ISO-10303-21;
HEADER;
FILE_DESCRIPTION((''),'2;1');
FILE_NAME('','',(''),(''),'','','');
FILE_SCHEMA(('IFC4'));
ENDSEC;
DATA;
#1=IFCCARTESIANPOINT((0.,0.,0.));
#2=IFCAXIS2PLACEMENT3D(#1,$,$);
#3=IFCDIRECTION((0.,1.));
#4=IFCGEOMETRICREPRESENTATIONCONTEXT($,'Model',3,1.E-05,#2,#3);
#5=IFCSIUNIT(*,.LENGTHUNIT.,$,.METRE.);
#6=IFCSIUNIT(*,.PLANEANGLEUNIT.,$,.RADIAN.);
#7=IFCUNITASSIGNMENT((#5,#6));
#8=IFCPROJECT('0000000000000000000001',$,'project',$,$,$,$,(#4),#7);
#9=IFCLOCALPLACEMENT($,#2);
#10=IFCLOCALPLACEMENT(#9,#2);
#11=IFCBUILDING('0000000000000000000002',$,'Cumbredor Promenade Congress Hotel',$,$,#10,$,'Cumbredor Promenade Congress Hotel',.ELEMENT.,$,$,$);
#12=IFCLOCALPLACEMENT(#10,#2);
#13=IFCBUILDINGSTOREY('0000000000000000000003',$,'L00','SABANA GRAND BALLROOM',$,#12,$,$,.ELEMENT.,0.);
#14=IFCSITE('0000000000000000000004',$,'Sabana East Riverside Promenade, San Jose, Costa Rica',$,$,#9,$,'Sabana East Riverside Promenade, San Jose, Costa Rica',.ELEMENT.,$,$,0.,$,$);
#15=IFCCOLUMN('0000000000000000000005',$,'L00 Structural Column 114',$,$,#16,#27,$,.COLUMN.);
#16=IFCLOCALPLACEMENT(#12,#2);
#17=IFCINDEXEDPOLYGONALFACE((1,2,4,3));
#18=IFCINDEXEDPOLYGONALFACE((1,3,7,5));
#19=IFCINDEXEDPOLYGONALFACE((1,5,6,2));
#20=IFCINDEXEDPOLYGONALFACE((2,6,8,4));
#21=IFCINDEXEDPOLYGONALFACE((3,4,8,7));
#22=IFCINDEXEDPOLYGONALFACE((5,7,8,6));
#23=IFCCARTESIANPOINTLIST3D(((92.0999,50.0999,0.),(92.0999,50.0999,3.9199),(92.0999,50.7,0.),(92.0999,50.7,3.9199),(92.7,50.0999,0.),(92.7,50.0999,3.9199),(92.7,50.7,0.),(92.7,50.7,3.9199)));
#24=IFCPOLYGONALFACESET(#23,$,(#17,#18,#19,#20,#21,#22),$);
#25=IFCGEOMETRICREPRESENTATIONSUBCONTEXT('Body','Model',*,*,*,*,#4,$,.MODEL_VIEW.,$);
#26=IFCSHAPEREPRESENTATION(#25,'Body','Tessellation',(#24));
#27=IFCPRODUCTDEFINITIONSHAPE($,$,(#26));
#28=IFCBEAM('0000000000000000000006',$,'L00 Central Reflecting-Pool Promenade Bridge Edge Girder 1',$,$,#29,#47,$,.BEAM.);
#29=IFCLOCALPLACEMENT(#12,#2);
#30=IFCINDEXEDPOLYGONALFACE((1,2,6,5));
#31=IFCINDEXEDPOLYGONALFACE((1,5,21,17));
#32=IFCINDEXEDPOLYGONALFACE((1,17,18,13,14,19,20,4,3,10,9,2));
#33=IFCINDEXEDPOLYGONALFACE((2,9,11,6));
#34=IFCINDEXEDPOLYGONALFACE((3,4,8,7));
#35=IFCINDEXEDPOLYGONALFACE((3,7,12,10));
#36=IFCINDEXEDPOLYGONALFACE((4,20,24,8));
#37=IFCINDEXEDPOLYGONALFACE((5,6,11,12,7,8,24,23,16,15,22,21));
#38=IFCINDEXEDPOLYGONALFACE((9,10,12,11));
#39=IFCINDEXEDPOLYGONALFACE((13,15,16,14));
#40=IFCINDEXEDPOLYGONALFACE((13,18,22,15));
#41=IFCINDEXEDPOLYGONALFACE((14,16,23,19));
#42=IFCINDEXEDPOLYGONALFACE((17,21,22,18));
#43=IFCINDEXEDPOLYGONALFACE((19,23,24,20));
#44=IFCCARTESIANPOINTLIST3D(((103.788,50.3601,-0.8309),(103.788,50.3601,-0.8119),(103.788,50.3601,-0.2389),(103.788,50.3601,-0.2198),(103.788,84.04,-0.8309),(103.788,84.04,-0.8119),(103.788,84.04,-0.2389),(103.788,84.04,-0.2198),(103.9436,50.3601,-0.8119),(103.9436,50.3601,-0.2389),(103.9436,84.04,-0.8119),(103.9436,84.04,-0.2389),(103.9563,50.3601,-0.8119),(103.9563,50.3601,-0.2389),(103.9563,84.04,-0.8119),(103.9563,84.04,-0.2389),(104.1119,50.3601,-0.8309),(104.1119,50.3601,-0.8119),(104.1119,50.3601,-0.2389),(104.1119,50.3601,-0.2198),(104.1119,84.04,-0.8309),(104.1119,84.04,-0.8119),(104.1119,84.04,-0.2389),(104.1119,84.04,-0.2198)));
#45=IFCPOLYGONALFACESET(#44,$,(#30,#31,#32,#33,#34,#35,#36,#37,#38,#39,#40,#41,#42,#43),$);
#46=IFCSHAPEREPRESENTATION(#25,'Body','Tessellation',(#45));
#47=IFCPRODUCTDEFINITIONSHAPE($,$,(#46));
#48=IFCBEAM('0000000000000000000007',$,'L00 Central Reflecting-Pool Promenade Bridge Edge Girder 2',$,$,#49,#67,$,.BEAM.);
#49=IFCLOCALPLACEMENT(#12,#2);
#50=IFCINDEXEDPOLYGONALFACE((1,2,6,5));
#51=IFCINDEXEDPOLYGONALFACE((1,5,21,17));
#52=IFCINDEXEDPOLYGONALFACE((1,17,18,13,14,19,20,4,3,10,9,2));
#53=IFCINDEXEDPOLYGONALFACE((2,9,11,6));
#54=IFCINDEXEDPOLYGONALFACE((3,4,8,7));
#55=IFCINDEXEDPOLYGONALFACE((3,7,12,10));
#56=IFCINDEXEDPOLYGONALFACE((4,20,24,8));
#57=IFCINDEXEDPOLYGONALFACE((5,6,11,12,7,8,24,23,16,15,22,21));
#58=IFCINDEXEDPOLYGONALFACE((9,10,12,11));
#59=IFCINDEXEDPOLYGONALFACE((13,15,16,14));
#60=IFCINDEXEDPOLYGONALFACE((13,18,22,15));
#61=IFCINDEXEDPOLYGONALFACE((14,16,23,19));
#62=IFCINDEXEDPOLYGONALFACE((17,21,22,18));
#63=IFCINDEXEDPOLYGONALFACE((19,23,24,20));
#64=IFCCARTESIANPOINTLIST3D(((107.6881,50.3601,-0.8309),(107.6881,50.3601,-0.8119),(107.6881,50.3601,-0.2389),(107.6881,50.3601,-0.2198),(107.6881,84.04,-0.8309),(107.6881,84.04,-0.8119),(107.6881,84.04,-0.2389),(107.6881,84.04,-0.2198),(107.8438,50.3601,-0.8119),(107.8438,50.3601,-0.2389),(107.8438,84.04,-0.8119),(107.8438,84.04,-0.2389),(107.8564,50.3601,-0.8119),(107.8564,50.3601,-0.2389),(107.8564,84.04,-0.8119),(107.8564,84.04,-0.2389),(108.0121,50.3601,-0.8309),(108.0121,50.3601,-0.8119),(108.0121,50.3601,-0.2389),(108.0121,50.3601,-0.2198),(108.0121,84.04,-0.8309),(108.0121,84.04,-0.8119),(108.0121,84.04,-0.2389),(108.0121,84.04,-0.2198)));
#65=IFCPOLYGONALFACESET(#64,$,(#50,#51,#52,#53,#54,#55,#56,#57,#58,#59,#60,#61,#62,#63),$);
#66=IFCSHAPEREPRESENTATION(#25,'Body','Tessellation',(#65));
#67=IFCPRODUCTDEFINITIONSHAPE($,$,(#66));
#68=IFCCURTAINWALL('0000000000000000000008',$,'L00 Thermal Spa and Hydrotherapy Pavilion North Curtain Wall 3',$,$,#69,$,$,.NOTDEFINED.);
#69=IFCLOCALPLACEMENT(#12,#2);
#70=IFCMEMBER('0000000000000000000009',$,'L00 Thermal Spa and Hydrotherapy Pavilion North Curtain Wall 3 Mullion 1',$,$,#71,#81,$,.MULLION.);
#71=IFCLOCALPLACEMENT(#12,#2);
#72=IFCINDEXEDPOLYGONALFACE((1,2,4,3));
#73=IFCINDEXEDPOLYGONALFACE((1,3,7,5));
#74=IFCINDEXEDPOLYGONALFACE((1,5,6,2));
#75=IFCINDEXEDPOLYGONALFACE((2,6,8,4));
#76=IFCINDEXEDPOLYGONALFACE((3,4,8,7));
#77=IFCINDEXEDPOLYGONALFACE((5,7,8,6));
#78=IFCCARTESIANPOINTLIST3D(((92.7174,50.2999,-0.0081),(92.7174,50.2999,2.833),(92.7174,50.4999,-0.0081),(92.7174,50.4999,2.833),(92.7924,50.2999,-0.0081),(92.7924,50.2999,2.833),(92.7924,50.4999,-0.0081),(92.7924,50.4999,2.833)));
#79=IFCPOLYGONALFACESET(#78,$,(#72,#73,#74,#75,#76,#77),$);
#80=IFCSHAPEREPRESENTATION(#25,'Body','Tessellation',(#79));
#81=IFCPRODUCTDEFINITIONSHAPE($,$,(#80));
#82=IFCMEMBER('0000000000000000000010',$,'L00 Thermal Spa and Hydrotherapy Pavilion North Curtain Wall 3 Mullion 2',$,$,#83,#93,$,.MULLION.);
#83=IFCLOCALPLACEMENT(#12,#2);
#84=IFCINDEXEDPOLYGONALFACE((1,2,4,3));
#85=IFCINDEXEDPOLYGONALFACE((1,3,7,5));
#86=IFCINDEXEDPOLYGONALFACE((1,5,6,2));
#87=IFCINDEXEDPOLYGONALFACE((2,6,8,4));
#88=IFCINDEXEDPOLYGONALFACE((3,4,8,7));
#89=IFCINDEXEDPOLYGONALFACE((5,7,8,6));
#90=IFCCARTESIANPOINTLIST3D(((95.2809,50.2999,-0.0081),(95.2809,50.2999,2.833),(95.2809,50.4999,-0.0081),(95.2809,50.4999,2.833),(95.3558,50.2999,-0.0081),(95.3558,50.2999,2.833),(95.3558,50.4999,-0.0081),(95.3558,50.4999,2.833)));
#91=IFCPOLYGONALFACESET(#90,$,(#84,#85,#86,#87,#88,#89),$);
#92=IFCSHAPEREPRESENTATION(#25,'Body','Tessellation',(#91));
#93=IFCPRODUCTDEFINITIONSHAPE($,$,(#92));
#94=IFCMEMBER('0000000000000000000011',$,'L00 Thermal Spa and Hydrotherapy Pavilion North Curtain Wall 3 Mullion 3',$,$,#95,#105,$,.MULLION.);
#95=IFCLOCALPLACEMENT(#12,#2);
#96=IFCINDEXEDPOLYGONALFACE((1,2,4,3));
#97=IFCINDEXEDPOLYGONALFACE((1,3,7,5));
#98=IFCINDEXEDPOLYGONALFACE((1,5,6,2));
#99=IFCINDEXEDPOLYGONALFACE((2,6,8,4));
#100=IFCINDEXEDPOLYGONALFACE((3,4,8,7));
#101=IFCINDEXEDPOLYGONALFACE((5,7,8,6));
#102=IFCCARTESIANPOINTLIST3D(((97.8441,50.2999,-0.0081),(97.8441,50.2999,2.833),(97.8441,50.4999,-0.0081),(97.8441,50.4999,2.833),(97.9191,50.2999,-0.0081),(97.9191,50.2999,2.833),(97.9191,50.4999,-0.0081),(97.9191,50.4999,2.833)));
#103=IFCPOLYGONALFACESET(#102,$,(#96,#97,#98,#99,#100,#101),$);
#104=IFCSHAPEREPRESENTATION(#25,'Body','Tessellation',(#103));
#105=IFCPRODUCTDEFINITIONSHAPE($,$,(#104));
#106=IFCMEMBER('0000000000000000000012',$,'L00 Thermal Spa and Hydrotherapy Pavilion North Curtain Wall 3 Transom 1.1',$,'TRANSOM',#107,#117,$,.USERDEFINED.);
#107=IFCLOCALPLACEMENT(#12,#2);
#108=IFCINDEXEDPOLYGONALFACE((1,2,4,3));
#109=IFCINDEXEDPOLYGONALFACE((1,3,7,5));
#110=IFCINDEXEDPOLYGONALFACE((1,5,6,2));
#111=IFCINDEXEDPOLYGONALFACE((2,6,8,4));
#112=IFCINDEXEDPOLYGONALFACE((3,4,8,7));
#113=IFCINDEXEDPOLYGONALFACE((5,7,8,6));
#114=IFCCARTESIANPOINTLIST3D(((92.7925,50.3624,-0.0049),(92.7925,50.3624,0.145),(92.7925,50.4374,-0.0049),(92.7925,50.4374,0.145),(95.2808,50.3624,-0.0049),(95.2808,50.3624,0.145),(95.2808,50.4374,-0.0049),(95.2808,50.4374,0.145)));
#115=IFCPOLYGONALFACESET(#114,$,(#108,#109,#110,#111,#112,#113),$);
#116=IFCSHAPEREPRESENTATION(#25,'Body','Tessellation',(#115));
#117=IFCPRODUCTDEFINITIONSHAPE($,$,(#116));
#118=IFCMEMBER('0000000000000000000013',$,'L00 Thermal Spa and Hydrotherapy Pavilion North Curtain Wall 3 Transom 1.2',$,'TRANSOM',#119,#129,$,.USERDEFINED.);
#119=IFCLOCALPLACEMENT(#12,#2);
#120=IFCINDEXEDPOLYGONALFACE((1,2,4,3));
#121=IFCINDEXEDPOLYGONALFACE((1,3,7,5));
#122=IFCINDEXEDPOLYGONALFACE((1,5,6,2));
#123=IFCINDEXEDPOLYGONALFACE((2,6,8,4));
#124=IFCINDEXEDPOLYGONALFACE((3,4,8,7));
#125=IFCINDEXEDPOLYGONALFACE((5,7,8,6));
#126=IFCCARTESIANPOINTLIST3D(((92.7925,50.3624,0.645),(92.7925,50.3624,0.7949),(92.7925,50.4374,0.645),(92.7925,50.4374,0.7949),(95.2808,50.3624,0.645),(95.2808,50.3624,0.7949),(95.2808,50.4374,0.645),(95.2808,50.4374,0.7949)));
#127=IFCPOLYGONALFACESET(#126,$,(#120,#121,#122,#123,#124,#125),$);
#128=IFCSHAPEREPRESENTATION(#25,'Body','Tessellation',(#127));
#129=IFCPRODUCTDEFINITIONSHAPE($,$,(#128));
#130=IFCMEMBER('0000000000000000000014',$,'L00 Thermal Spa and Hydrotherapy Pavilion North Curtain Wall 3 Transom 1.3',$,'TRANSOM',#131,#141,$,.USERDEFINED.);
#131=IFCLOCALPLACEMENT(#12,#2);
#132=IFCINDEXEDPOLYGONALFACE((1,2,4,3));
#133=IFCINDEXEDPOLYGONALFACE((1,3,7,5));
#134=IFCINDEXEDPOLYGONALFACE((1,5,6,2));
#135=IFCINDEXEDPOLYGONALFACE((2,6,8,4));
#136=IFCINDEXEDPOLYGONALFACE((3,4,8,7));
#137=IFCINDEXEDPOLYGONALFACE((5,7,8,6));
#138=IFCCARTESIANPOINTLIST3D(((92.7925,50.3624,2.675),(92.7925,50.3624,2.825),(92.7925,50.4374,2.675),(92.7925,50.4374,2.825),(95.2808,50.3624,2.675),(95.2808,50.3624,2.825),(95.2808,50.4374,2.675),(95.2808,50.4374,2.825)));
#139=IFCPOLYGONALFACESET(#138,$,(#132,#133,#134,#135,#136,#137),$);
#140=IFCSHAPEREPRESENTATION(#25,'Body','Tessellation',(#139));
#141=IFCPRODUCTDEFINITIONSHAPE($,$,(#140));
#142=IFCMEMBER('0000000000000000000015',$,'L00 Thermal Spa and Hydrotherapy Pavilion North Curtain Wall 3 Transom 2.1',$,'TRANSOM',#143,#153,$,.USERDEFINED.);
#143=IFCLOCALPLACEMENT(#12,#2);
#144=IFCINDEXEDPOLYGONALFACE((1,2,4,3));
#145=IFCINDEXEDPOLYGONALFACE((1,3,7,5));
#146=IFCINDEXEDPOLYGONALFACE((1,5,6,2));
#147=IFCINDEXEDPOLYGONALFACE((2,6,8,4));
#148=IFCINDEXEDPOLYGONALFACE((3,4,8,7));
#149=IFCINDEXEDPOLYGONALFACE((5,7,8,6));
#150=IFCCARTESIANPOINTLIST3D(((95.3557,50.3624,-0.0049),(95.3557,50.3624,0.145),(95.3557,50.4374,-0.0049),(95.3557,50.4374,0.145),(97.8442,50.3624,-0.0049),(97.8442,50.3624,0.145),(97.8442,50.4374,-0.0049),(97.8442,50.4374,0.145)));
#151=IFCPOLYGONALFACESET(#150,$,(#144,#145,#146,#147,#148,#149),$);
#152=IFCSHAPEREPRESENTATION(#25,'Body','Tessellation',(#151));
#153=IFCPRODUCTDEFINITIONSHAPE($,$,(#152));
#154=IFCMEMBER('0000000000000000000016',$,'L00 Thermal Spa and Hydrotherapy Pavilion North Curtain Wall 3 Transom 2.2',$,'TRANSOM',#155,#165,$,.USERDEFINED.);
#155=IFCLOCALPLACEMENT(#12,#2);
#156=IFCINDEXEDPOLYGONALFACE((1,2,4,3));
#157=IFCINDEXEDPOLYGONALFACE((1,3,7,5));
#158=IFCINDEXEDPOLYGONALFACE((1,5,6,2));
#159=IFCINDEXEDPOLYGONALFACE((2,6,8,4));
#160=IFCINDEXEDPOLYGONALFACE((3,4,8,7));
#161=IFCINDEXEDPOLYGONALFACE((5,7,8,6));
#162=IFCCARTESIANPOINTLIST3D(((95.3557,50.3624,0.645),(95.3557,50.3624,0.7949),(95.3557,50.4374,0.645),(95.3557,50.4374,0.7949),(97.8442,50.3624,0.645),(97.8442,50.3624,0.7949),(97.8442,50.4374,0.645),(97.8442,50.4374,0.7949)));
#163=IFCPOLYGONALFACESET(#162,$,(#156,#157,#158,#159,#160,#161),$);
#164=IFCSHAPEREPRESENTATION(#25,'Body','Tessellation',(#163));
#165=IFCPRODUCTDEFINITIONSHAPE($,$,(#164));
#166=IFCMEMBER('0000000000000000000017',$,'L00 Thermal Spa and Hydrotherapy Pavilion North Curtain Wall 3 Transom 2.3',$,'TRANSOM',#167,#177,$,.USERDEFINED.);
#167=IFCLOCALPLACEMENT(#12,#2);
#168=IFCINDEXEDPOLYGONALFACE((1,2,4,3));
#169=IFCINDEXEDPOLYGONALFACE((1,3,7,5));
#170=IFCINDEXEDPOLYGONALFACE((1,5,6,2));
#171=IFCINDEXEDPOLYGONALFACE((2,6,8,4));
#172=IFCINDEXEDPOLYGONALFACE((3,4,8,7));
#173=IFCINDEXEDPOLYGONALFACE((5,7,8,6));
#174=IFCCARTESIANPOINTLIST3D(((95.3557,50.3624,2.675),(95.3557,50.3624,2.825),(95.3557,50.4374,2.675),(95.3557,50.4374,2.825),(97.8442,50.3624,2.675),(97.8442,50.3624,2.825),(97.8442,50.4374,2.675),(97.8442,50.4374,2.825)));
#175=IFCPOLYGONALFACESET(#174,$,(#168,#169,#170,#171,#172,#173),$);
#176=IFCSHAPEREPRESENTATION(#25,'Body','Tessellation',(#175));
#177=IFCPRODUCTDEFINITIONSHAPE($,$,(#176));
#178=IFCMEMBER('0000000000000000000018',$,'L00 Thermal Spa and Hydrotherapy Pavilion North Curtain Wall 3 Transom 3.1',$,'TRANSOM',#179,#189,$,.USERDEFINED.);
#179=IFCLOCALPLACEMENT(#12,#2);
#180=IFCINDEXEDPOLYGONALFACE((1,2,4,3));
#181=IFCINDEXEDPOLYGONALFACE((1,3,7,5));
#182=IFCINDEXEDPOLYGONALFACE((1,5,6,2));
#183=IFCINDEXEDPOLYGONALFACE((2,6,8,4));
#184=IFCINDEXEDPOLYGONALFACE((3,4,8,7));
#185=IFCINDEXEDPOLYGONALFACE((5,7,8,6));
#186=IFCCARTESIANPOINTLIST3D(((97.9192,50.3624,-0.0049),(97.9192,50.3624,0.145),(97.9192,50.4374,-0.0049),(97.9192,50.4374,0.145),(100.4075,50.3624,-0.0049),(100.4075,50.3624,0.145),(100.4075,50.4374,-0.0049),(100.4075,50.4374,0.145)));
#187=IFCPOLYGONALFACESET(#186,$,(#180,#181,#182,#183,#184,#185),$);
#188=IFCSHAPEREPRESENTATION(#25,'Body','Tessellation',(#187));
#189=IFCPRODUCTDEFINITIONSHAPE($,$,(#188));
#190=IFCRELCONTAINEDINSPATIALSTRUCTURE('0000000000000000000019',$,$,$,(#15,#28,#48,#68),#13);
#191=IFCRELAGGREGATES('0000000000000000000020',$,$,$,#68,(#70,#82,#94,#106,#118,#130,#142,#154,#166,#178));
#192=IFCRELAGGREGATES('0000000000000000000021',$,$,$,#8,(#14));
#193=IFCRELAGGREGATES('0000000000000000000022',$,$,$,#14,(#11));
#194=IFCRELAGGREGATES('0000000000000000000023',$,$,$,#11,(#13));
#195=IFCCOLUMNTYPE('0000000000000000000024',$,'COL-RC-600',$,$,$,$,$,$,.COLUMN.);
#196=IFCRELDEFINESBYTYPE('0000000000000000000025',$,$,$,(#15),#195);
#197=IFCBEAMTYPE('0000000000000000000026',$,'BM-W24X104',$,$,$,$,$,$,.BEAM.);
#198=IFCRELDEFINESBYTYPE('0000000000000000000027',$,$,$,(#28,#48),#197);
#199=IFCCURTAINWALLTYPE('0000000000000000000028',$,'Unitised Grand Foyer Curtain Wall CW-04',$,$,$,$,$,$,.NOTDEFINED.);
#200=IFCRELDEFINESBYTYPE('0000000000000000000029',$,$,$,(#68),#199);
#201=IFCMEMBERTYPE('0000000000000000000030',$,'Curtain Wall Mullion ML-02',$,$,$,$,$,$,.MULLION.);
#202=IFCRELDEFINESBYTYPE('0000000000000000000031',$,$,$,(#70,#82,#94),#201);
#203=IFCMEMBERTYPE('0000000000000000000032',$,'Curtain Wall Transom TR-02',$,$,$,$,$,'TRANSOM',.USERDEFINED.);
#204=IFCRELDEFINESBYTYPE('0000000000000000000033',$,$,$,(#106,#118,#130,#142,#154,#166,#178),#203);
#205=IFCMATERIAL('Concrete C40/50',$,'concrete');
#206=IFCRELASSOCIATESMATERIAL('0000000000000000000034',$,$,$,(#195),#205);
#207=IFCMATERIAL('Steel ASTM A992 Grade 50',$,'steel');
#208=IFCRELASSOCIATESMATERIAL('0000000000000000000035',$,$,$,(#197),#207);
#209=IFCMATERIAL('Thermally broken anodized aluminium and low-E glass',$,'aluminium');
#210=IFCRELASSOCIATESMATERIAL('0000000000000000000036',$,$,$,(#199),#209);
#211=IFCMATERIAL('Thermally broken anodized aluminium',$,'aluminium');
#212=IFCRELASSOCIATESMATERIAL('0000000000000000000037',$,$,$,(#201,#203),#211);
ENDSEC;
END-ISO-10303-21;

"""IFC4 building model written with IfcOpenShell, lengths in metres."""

from ifc_helpers import new_model, si_unit, direction, frame, origin, origin_2d, place, context, subcontext, project, spatial, rectangle, i_section, extrude, material, material_profile, profile_set, type_object, element, aggregate, save


model = new_model("IFC4")

# Units and contexts
model_context = context("Model", 3, precision=1e-05, world=origin(), true_north=direction((0.0, 1.0)))
body_context = subcontext(model_context, "Body", "Model", "MODEL_VIEW")
ifc_project = project(units=[si_unit("LENGTHUNIT", "METRE"), si_unit("PLANEANGLEUNIT", "RADIAN")], contexts=[model_context])

# Site, building, storey
site_placement = place(None, origin())
site = spatial("IfcSite", under=ifc_project, at=site_placement, Name="Sabana East Riverside Promenade, San Jose, Costa Rica", LongName="Sabana East Riverside Promenade, San Jose, Costa Rica", CompositionType="ELEMENT", RefElevation=0.0)
building_placement = place(site_placement, origin())
building = spatial("IfcBuilding", under=site, at=building_placement, Name="Cumbredor Promenade Congress Hotel", LongName="Cumbredor Promenade Congress Hotel", CompositionType="ELEMENT")
storey_placement = place(building_placement, origin())
storey = spatial("IfcBuildingStorey", under=building, at=storey_placement, Name="L00", Description="SABANA GRAND BALLROOM", CompositionType="ELEMENT", Elevation=0.0)

# Column
ifc_material_1 = material(Name="Concrete C40/50", Category="concrete")
ifc_material_profile_1 = material_profile(ifc_material_1, rectangle(XDim=0.6001, YDim=0.6001, at=origin_2d()), Name="RC 600x600")
ifc_profile_set_1 = profile_set([ifc_material_profile_1], Name="Concrete C40/50")
column_type = type_object("IfcColumnType", Name="COL-RC-600", PredefinedType="COLUMN", material=ifc_profile_set_1)
column_placement = place(storey_placement, frame((92.3999, 50.3999, 0.0), z_axis=(0.0, 0.0, 1.0), x_axis=(1.0, 0.0, 0.0)))
element("IfcColumn", 1, at=column_placement, inside=storey, type_object=column_type, Name="L00 Structural Column 114", PredefinedType="COLUMN", context=body_context, shape_type="SweptSolid", body=[
    extrude(rectangle(XDim=0.6001, YDim=0.6001, at=origin_2d()), origin(), (0.0, 0.0, 1.0), 3.9199),
])

# Beams
ifc_material_2 = material(Name="Steel ASTM A992 Grade 50", Category="steel")
ifc_material_profile_2 = material_profile(ifc_material_2, i_section(OverallWidth=0.324, OverallDepth=0.6111, WebThickness=0.0127, FlangeThickness=0.019, at=origin_2d()), Name="W24X104")
ifc_profile_set_2 = profile_set([ifc_material_profile_2], Name="Steel ASTM A992 Grade 50")
beam_type_1 = type_object("IfcBeamType", Name="BM-W24X104", PredefinedType="BEAM", material=ifc_profile_set_2)
for number, where, z_axis, x_axis, name in (
    (2, (103.95, 50.3601, -0.5254), (0.0, 1.0, 0.0), (-1.0, 0.0, 0.0), "L00 Central Reflecting-Pool Promenade Bridge Edge Girder 1"),
    (3, (107.8501, 50.3601, -0.5254), (0.0, 1.0, 0.0), (-1.0, 0.0, 0.0), "L00 Central Reflecting-Pool Promenade Bridge Edge Girder 2"),
):
    element("IfcBeam", number, at=place(storey_placement, frame(where, z_axis=z_axis, x_axis=x_axis)), inside=storey, type_object=beam_type_1, Name=name, PredefinedType="BEAM", context=body_context, shape_type="SweptSolid", body=[
        extrude(i_section(OverallWidth=0.324, OverallDepth=0.6111, WebThickness=0.0127, FlangeThickness=0.019, at=origin_2d()), origin(), (0.0, 0.0, 1.0), 33.6799),
    ])

# Curtain wall, members
ifc_material_3 = material(Name="Thermally broken anodized aluminium and low-E glass", Category="aluminium")
curtain_wall_type = type_object("IfcCurtainWallType", Name="Unitised Grand Foyer Curtain Wall CW-04", PredefinedType="NOTDEFINED", material=ifc_material_3)
curtain_wall_placement = place(storey_placement, origin())
curtain_wall = element("IfcCurtainWall", 4, at=curtain_wall_placement, inside=storey, type_object=curtain_wall_type, Name="L00 Thermal Spa and Hydrotherapy Pavilion North Curtain Wall 3", PredefinedType="NOTDEFINED")
ifc_material_4 = material(Name="Thermally broken anodized aluminium", Category="aluminium")
ifc_material_profile_3 = material_profile(ifc_material_4, rectangle(XDim=0.075, YDim=0.2, at=origin_2d()), Name="ALU MULLION 75x200")
ifc_profile_set_3 = profile_set([ifc_material_profile_3], Name="Thermally broken anodized aluminium")
member_type_1 = type_object("IfcMemberType", Name="Curtain Wall Mullion ML-02", PredefinedType="MULLION", material=ifc_profile_set_3)
member_1_placement = place(storey_placement, frame((92.7549, 50.3999, -0.0081), z_axis=(0.0, 0.0, 1.0), x_axis=(1.0, 0.0, 0.0)))
member_1 = element("IfcMember", 5, at=member_1_placement, type_object=member_type_1, Name="L00 Thermal Spa and Hydrotherapy Pavilion North Curtain Wall 3 Mullion 1", PredefinedType="MULLION", context=body_context, shape_type="SweptSolid", body=[
    extrude(rectangle(XDim=0.075, YDim=0.2, at=origin_2d()), origin(), (0.0, 0.0, 1.0), 2.8411),
])
member_2_placement = place(storey_placement, frame((95.3184, 50.3999, -0.0081), z_axis=(0.0, 0.0, 1.0), x_axis=(1.0, 0.0, 0.0)))
member_2 = element("IfcMember", 6, at=member_2_placement, type_object=member_type_1, Name="L00 Thermal Spa and Hydrotherapy Pavilion North Curtain Wall 3 Mullion 2", PredefinedType="MULLION", context=body_context, shape_type="SweptSolid", body=[
    extrude(rectangle(XDim=0.075, YDim=0.2, at=origin_2d()), origin(), (0.0, 0.0, 1.0), 2.8411),
])
member_3_placement = place(storey_placement, frame((97.8816, 50.3999, -0.0081), z_axis=(0.0, 0.0, 1.0), x_axis=(1.0, 0.0, 0.0)))
member_3 = element("IfcMember", 7, at=member_3_placement, type_object=member_type_1, Name="L00 Thermal Spa and Hydrotherapy Pavilion North Curtain Wall 3 Mullion 3", PredefinedType="MULLION", context=body_context, shape_type="SweptSolid", body=[
    extrude(rectangle(XDim=0.075, YDim=0.2, at=origin_2d()), origin(), (0.0, 0.0, 1.0), 2.8411),
])
ifc_material_profile_4 = material_profile(ifc_material_4, rectangle(XDim=0.075, YDim=0.1499, at=origin_2d()), Name="ALU TRANSOM 75x150")
ifc_profile_set_4 = profile_set([ifc_material_profile_4], Name="Thermally broken anodized aluminium")
member_type_2 = type_object("IfcMemberType", Name="Curtain Wall Transom TR-02", ElementType="TRANSOM", PredefinedType="USERDEFINED", material=ifc_profile_set_4)
member_4_placement = place(storey_placement, frame((92.7925, 50.3999, 0.0701), z_axis=(1.0, 0.0, 0.0), x_axis=(0.0, 1.0, 0.0)))
member_4 = element("IfcMember", 8, at=member_4_placement, type_object=member_type_2, Name="L00 Thermal Spa and Hydrotherapy Pavilion North Curtain Wall 3 Transom 1.1", ObjectType="TRANSOM", PredefinedType="USERDEFINED", context=body_context, shape_type="SweptSolid", body=[
    extrude(rectangle(XDim=0.075, YDim=0.1499, at=origin_2d()), origin(), (0.0, 0.0, 1.0), 2.4883),
])
member_5_placement = place(storey_placement, frame((92.7925, 50.3999, 0.72), z_axis=(1.0, 0.0, 0.0), x_axis=(0.0, 1.0, 0.0)))
member_5 = element("IfcMember", 9, at=member_5_placement, type_object=member_type_2, Name="L00 Thermal Spa and Hydrotherapy Pavilion North Curtain Wall 3 Transom 1.2", ObjectType="TRANSOM", PredefinedType="USERDEFINED", context=body_context, shape_type="SweptSolid", body=[
    extrude(rectangle(XDim=0.075, YDim=0.1499, at=origin_2d()), origin(), (0.0, 0.0, 1.0), 2.4883),
])
member_6_placement = place(storey_placement, frame((92.7925, 50.3999, 2.75), z_axis=(1.0, 0.0, 0.0), x_axis=(0.0, 1.0, 0.0)))
member_6 = element("IfcMember", 10, at=member_6_placement, type_object=member_type_2, Name="L00 Thermal Spa and Hydrotherapy Pavilion North Curtain Wall 3 Transom 1.3", ObjectType="TRANSOM", PredefinedType="USERDEFINED", context=body_context, shape_type="SweptSolid", body=[
    extrude(rectangle(XDim=0.075, YDim=0.1499, at=origin_2d()), origin(), (0.0, 0.0, 1.0), 2.4883),
])
member_7_placement = place(storey_placement, frame((95.3557, 50.3999, 0.0701), z_axis=(1.0, 0.0, 0.0), x_axis=(0.0, 1.0, 0.0)))
member_7 = element("IfcMember", 11, at=member_7_placement, type_object=member_type_2, Name="L00 Thermal Spa and Hydrotherapy Pavilion North Curtain Wall 3 Transom 2.1", ObjectType="TRANSOM", PredefinedType="USERDEFINED", context=body_context, shape_type="SweptSolid", body=[
    extrude(rectangle(XDim=0.075, YDim=0.1499, at=origin_2d()), origin(), (0.0, 0.0, 1.0), 2.4885),
])
member_8_placement = place(storey_placement, frame((95.3557, 50.3999, 0.72), z_axis=(1.0, 0.0, 0.0), x_axis=(0.0, 1.0, 0.0)))
member_8 = element("IfcMember", 12, at=member_8_placement, type_object=member_type_2, Name="L00 Thermal Spa and Hydrotherapy Pavilion North Curtain Wall 3 Transom 2.2", ObjectType="TRANSOM", PredefinedType="USERDEFINED", context=body_context, shape_type="SweptSolid", body=[
    extrude(rectangle(XDim=0.075, YDim=0.1499, at=origin_2d()), origin(), (0.0, 0.0, 1.0), 2.4885),
])
member_9_placement = place(storey_placement, frame((95.3557, 50.3999, 2.75), z_axis=(1.0, 0.0, 0.0), x_axis=(0.0, 1.0, 0.0)))
member_9 = element("IfcMember", 13, at=member_9_placement, type_object=member_type_2, Name="L00 Thermal Spa and Hydrotherapy Pavilion North Curtain Wall 3 Transom 2.3", ObjectType="TRANSOM", PredefinedType="USERDEFINED", context=body_context, shape_type="SweptSolid", body=[
    extrude(rectangle(XDim=0.075, YDim=0.1499, at=origin_2d()), origin(), (0.0, 0.0, 1.0), 2.4885),
])
member_10_placement = place(storey_placement, frame((97.9192, 50.3999, 0.0701), z_axis=(1.0, 0.0, 0.0), x_axis=(0.0, 1.0, 0.0)))
member_10 = element("IfcMember", 14, at=member_10_placement, type_object=member_type_2, Name="L00 Thermal Spa and Hydrotherapy Pavilion North Curtain Wall 3 Transom 3.1", ObjectType="TRANSOM", PredefinedType="USERDEFINED", context=body_context, shape_type="SweptSolid", body=[
    extrude(rectangle(XDim=0.075, YDim=0.1499, at=origin_2d()), origin(), (0.0, 0.0, 1.0), 2.4883),
])

aggregate(curtain_wall, [member_1, member_2, member_3, member_4, member_5, member_6, member_7, member_8, member_9, member_10])

save(model, "model.ifc")
